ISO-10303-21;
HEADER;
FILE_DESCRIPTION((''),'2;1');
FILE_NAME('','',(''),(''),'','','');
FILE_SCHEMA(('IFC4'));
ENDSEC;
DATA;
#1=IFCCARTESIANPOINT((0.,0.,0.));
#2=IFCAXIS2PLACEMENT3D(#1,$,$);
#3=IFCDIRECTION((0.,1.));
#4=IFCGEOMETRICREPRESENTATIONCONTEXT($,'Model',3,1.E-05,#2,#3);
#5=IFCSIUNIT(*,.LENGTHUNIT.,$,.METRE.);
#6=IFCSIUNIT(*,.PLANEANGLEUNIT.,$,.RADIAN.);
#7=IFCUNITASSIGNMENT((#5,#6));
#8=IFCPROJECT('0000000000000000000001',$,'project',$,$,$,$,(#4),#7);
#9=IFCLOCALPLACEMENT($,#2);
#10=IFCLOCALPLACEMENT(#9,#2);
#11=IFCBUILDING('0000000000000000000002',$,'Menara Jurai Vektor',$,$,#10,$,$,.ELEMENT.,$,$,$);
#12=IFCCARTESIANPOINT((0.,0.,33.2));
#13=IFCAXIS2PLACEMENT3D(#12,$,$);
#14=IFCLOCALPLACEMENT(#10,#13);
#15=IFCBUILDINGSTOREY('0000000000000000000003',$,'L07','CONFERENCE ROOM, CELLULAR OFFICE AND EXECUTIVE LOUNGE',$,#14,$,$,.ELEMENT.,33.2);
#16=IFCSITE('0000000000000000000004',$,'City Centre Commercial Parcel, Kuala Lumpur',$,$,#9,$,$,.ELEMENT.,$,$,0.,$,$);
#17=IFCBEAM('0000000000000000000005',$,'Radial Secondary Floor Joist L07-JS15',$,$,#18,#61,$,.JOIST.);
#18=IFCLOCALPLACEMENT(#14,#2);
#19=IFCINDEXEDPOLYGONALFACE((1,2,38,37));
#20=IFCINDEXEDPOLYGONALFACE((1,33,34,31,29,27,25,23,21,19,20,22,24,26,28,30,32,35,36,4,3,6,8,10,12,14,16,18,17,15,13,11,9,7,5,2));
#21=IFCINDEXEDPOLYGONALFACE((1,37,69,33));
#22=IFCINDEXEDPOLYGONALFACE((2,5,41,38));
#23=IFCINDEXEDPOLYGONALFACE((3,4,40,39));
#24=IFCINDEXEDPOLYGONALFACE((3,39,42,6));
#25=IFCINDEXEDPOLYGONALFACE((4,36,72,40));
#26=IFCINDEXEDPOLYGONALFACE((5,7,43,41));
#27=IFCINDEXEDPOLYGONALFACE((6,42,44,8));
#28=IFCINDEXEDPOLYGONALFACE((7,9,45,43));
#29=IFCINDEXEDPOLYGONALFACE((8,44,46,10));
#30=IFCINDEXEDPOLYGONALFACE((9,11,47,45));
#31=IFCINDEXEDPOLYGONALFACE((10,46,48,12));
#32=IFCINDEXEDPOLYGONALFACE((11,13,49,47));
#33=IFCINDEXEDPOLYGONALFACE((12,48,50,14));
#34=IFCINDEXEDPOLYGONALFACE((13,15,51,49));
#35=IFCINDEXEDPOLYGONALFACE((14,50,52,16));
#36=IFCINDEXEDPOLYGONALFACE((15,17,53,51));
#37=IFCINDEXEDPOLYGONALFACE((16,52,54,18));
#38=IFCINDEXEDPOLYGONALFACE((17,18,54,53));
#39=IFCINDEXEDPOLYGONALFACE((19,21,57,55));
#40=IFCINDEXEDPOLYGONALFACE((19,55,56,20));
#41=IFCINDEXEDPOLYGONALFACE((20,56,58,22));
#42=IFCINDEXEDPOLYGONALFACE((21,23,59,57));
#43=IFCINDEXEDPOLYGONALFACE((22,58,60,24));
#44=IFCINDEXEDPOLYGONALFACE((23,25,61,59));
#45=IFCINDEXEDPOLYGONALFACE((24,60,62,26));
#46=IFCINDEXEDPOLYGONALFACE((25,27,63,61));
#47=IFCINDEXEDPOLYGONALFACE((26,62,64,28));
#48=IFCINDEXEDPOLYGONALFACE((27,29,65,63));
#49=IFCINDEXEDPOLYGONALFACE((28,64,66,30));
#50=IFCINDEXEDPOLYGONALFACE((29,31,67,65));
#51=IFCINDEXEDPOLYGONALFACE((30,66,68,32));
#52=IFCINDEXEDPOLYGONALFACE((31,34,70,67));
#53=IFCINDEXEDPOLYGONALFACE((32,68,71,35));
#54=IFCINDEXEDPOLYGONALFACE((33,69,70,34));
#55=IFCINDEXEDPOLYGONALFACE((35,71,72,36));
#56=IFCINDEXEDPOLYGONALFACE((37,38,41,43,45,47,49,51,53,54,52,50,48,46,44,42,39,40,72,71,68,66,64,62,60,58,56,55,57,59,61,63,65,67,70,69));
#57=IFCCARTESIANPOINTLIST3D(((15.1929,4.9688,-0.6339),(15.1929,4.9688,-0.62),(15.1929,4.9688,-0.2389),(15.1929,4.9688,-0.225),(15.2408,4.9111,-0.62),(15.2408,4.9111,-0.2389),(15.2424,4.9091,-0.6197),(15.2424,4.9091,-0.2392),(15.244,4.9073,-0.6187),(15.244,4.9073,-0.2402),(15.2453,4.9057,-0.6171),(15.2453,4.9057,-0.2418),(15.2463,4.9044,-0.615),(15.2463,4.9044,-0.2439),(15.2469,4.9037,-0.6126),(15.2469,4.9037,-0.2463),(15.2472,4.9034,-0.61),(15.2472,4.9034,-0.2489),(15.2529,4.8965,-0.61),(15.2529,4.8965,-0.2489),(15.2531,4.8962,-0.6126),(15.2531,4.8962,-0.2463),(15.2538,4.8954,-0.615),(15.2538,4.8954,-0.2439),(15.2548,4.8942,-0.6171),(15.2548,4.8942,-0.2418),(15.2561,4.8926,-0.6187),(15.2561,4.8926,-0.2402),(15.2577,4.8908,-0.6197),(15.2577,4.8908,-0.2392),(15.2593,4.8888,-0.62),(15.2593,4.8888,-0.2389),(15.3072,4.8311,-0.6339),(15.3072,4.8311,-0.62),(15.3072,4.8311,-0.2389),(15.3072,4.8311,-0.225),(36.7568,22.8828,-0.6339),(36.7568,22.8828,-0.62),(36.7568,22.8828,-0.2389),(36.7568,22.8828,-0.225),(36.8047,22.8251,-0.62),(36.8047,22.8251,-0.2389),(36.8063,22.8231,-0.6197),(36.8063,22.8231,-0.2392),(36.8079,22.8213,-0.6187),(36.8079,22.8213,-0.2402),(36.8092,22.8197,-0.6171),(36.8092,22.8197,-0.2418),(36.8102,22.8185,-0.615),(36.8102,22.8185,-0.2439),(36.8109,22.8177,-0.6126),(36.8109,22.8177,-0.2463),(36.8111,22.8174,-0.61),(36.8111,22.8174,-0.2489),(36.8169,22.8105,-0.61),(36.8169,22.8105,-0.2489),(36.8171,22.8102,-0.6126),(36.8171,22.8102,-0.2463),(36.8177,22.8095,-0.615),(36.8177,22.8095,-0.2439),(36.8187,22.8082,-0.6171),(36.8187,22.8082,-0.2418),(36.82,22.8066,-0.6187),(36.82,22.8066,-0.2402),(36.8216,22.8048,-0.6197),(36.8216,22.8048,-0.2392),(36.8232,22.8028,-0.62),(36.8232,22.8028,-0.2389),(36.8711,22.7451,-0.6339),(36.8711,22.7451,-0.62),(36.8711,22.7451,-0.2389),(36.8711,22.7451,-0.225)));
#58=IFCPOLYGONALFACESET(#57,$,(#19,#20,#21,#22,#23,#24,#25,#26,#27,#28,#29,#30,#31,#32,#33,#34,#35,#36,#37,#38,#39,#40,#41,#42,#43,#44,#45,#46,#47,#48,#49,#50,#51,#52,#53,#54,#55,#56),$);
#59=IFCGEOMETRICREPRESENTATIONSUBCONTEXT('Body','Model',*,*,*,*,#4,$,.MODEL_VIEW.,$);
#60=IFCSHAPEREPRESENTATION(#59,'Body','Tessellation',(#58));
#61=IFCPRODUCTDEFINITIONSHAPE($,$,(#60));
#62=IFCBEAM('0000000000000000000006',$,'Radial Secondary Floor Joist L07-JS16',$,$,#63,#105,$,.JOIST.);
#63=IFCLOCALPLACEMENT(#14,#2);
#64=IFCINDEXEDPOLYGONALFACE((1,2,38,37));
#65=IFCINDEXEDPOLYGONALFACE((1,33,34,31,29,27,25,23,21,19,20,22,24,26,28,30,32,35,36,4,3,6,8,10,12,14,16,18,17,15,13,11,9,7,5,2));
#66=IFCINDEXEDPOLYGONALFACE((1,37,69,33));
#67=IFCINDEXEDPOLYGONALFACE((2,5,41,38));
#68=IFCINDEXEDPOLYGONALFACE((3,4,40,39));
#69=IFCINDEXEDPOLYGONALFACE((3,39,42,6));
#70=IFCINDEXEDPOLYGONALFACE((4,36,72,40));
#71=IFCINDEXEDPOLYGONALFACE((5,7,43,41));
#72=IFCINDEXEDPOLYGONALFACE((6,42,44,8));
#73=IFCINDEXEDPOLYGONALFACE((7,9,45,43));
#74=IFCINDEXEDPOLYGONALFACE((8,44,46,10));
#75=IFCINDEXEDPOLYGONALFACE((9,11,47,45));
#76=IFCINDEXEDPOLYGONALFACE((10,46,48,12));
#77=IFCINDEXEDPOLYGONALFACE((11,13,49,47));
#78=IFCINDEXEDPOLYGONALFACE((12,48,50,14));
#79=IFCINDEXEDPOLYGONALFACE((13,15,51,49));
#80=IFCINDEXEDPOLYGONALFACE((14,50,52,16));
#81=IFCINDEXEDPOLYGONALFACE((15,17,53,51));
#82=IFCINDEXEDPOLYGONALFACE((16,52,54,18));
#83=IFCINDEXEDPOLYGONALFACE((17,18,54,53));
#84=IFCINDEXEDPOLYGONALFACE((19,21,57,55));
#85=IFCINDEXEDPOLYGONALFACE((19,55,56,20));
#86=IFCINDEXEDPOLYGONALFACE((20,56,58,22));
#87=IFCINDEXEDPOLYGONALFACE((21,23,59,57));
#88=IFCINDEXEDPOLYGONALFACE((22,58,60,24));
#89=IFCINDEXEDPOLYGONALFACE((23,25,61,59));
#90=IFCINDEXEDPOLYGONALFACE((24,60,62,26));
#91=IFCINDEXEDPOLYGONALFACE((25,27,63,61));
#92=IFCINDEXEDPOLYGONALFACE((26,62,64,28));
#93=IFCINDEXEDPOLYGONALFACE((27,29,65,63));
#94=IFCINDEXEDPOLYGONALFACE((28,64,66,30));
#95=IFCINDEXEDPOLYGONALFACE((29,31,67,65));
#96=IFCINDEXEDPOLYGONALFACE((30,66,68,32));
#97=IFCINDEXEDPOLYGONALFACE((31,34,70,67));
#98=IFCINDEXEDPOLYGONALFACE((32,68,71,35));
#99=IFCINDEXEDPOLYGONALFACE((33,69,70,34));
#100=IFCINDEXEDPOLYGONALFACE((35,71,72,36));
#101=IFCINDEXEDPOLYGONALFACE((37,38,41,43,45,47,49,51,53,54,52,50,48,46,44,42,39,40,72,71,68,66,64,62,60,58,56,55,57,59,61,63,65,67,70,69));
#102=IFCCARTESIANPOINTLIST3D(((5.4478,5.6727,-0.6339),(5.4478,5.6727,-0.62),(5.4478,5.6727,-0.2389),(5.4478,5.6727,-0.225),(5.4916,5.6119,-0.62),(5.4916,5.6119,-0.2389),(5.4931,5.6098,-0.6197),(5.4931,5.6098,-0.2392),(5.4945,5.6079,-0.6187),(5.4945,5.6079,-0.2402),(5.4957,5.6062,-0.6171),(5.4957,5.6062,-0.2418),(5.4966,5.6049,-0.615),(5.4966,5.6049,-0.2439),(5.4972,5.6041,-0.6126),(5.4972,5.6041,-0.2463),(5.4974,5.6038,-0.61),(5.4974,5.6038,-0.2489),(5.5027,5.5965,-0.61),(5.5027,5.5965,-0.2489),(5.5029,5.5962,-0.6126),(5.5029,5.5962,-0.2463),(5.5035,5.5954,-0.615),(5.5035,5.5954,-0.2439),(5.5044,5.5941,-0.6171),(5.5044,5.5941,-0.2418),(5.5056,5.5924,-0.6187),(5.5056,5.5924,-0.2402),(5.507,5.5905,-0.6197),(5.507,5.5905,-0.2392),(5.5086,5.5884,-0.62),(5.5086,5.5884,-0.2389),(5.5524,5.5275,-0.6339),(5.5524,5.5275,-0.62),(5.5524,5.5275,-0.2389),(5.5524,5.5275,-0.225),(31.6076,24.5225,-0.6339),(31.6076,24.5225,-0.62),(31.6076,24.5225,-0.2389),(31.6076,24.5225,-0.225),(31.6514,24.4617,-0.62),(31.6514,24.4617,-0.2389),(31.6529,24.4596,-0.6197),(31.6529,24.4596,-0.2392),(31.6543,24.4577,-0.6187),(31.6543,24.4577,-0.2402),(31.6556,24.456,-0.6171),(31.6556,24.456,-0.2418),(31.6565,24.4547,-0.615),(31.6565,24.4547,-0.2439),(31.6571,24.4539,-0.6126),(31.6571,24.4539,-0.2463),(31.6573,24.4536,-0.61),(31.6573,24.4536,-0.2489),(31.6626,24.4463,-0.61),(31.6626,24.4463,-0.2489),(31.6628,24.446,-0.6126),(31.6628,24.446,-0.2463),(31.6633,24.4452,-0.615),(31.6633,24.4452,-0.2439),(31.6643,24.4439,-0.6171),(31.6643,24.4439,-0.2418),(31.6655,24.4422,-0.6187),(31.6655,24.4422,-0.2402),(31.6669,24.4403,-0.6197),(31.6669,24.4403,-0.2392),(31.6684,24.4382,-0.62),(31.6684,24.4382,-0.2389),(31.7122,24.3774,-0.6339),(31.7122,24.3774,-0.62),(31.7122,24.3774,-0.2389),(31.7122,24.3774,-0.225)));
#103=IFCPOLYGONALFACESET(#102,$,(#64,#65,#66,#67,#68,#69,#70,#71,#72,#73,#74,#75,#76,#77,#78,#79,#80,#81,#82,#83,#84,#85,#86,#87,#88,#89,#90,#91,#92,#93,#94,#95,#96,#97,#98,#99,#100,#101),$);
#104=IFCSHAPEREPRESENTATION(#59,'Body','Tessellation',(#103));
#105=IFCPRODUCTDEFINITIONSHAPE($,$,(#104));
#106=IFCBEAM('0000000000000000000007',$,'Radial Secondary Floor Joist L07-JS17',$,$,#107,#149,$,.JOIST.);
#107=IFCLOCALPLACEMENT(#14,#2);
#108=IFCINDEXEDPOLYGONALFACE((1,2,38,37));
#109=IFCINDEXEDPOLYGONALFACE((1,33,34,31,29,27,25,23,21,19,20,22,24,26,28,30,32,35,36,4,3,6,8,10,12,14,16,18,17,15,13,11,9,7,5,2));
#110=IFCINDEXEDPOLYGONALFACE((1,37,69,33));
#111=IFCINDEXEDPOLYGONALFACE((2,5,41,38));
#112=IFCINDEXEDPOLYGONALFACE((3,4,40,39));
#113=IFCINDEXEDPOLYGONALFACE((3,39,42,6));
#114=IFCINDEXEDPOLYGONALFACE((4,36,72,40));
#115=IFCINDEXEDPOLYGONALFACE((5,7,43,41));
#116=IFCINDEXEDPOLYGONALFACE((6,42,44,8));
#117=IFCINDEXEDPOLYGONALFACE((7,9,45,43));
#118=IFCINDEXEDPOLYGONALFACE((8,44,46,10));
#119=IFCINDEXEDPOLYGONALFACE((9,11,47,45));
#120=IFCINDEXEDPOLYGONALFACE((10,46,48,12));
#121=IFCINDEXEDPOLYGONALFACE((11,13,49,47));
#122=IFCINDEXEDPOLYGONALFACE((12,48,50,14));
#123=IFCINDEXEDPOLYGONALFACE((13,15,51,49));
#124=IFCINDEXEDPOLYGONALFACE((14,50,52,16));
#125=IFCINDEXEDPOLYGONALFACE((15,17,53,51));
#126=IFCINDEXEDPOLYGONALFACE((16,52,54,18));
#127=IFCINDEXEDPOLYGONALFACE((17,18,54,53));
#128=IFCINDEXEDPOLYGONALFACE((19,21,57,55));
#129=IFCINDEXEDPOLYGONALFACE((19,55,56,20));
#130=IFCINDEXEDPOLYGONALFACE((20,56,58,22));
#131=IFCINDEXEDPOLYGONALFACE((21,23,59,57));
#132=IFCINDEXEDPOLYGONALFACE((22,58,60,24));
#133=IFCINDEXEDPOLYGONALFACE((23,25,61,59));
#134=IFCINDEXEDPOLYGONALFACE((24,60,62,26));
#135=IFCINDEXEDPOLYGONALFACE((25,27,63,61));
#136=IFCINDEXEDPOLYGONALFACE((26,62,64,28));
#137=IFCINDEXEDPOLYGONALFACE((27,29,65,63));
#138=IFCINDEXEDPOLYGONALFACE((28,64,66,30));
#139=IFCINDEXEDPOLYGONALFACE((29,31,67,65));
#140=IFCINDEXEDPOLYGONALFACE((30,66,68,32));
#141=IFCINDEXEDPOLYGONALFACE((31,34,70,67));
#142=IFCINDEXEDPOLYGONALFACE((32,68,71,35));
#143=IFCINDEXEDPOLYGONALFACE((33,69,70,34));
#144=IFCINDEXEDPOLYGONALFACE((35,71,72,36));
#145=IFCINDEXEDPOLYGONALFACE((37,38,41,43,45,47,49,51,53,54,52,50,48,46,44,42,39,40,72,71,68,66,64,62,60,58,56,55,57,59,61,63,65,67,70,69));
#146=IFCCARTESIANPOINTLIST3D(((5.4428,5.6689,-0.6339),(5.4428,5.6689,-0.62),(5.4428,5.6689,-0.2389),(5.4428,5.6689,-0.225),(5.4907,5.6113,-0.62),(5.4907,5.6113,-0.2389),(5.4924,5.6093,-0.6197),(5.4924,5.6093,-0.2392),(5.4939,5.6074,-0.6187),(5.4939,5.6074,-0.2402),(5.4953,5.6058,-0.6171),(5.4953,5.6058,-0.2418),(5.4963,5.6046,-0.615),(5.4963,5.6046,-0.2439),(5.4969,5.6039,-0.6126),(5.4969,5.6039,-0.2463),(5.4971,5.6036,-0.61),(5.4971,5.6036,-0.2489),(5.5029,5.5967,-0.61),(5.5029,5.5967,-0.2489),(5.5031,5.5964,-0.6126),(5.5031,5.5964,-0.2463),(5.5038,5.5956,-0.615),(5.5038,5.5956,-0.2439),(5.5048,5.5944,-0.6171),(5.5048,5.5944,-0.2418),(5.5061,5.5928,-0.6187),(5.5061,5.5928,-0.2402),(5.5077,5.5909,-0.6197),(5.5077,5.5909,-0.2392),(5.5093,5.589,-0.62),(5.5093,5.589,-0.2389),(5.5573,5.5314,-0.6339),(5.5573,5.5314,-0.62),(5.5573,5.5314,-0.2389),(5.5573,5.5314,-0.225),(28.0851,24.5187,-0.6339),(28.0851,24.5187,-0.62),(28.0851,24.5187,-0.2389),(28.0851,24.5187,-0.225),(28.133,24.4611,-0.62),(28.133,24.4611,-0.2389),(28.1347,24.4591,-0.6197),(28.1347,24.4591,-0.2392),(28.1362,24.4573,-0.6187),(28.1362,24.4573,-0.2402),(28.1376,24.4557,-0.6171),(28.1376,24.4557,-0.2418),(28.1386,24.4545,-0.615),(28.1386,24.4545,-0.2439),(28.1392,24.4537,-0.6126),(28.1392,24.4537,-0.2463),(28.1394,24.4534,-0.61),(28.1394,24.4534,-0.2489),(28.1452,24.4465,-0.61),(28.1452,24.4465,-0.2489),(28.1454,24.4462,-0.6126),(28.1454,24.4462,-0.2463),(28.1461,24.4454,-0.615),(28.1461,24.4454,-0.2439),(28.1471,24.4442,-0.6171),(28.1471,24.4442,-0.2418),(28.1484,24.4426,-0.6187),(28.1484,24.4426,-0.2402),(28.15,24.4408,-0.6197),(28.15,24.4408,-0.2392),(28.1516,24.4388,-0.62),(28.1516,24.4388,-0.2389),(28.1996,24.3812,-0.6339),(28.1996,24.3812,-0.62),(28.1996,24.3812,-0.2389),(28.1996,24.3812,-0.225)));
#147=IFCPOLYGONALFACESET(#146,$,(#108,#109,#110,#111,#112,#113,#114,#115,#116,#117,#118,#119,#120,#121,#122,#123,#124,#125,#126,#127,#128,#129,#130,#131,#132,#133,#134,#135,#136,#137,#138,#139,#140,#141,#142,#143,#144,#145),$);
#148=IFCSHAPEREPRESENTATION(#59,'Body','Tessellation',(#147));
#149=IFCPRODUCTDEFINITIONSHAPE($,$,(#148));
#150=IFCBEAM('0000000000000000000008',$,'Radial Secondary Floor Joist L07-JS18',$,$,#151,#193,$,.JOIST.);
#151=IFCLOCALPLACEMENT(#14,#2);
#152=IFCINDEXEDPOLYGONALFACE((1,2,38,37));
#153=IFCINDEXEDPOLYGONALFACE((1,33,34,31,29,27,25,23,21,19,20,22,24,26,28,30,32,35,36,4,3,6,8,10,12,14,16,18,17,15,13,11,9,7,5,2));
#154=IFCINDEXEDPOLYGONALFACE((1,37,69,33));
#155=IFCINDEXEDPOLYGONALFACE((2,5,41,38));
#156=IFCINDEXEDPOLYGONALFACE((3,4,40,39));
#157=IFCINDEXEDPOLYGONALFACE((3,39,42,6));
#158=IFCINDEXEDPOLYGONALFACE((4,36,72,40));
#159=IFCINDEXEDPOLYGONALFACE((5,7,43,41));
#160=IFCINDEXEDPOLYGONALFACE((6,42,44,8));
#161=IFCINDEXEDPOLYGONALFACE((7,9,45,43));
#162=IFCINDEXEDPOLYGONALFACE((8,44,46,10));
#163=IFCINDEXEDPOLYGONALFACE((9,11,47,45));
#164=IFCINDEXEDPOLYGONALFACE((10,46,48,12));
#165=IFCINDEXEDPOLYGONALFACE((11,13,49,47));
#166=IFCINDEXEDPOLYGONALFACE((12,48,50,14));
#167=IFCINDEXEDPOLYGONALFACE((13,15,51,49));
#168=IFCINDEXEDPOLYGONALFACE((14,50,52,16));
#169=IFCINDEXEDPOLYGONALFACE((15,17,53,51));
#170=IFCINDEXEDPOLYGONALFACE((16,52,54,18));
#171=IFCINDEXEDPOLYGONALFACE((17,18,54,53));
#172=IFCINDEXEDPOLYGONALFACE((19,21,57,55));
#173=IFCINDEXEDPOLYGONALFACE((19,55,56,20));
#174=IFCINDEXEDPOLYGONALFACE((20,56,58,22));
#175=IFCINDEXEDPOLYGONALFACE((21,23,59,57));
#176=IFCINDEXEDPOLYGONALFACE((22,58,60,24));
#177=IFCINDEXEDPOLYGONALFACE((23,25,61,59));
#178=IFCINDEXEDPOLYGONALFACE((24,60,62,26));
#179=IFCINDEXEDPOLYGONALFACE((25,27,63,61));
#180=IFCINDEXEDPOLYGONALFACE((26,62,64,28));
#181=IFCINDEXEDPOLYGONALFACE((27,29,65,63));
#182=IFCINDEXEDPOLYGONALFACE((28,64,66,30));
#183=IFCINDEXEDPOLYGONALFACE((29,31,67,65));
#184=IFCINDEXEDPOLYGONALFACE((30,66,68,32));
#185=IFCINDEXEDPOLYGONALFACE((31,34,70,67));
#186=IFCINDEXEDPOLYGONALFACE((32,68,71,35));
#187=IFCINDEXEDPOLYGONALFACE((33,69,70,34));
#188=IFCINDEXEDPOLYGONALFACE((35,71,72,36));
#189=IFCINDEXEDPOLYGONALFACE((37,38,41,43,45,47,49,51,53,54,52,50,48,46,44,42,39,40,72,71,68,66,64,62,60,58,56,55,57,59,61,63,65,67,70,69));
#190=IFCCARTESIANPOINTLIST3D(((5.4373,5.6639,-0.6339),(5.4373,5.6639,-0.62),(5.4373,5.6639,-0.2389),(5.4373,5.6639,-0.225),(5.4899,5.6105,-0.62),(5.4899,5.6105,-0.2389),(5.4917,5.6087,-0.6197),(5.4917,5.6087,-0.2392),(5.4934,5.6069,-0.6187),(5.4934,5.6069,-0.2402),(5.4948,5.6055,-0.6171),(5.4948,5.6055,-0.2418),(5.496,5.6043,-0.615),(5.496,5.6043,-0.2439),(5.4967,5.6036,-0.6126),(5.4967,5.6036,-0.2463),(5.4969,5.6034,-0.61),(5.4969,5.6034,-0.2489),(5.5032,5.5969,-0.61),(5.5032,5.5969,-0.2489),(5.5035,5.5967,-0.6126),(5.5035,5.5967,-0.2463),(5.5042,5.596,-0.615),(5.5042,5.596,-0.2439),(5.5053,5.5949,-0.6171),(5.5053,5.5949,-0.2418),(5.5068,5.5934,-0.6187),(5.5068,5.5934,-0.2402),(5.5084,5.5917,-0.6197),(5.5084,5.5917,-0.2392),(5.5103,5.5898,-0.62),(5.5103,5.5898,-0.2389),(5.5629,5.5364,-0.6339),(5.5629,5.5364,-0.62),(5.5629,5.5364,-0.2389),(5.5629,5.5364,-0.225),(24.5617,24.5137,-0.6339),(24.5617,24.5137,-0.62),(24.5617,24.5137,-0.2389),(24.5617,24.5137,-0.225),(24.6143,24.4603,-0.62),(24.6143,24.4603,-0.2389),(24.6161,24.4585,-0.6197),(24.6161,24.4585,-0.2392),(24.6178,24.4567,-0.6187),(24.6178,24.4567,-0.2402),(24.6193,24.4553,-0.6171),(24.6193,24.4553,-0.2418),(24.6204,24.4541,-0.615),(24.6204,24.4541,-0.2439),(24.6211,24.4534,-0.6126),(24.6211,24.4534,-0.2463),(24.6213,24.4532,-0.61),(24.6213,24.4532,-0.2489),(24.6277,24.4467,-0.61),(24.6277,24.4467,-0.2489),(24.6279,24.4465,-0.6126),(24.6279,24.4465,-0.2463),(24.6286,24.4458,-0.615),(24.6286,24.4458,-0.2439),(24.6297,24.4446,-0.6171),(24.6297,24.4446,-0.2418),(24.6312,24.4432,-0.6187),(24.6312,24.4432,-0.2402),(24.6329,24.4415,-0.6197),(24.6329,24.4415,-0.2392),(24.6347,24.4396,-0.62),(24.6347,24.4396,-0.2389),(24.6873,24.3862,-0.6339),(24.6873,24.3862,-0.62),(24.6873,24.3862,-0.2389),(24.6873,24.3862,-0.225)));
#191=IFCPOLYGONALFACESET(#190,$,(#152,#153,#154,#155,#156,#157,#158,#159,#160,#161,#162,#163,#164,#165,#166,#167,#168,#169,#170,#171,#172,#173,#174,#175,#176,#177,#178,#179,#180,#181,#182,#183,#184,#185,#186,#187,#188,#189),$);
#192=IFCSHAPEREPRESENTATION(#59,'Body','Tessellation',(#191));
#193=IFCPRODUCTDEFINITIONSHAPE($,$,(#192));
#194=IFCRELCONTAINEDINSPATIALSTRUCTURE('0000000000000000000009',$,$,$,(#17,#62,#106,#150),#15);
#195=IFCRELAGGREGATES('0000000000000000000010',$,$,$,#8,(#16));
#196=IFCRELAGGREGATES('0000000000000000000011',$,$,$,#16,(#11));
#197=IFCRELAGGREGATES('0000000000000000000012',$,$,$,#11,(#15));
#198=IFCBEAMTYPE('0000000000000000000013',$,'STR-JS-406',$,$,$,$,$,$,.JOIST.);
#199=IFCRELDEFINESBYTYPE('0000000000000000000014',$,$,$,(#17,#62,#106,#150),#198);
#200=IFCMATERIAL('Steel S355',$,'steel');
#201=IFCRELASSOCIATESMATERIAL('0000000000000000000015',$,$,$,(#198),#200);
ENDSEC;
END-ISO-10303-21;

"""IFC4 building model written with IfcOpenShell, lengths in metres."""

from ifc_helpers import new_model, si_unit, direction, frame, origin, origin_2d, place, context, subcontext, project, spatial, i_section, extrude, material, material_profile, profile_set, type_object, element, save


model = new_model("IFC4")

# Units and contexts
model_context = context("Model", 3, precision=1e-05, world=origin(), true_north=direction((0.0, 1.0)))
body_context = subcontext(model_context, "Body", "Model", "MODEL_VIEW")
ifc_project = project(units=[si_unit("LENGTHUNIT", "METRE"), si_unit("PLANEANGLEUNIT", "RADIAN")], contexts=[model_context])

# Site, building, storey
site_placement = place(None, origin())
site = spatial("IfcSite", under=ifc_project, at=site_placement, Name="City Centre Commercial Parcel, Kuala Lumpur", CompositionType="ELEMENT", RefElevation=0.0)
building_placement = place(site_placement, origin())
building = spatial("IfcBuilding", under=site, at=building_placement, Name="Menara Jurai Vektor", CompositionType="ELEMENT")
storey_placement = place(building_placement, frame((0.0, 0.0, 33.2)))
storey = spatial("IfcBuildingStorey", under=building, at=storey_placement, Name="L07", Description="CONFERENCE ROOM, CELLULAR OFFICE AND EXECUTIVE LOUNGE", CompositionType="ELEMENT", Elevation=33.2)

# Shared definitions
ifc_material_1 = material(Name="Steel S355", Category="steel")

# Beams
ifc_material_profile_1 = material_profile(ifc_material_1, i_section(OverallWidth=0.179, OverallDepth=0.4089, WebThickness=0.009, FlangeThickness=0.0139, FilletRadius=0.01, at=origin_2d()), Name="UKB 406x178x67")
ifc_profile_set_1 = profile_set([ifc_material_profile_1], Name="Steel S355")
beam_type_1 = type_object("IfcBeamType", Name="STR-JS-406", PredefinedType="JOIST", material=ifc_profile_set_1)
beam_1_placement = place(storey_placement, frame((36.814, 22.814, -0.4294), z_axis=(-0.769201, -0.639007, 0.0), x_axis=(0.639007, -0.769201, 0.0)))
element("IfcBeam", 1, at=beam_1_placement, inside=storey, type_object=beam_type_1, Name="Radial Secondary Floor Joist L07-JS15", PredefinedType="JOIST", context=body_context, shape_type="SweptSolid", body=[
    extrude(i_section(OverallWidth=0.179, OverallDepth=0.4089, WebThickness=0.009, FlangeThickness=0.0139, FilletRadius=0.01, at=origin_2d()), origin(), (0.0, 0.0, 1.0), 28.0342),
])
beam_2_placement = place(storey_placement, frame((31.6599, 24.45, -0.4294), z_axis=(-0.811318, -0.584605, 0.0), x_axis=(0.584605, -0.811318, 0.0)))
element("IfcBeam", 2, at=beam_2_placement, inside=storey, type_object=beam_type_1, Name="Radial Secondary Floor Joist L07-JS16", PredefinedType="JOIST", context=body_context, shape_type="SweptSolid", body=[
    extrude(i_section(OverallWidth=0.179, OverallDepth=0.4089, WebThickness=0.009, FlangeThickness=0.0139, FilletRadius=0.01, at=origin_2d()), origin(), (0.0, 0.0, 1.0), 32.2437),
])
beam_3_placement = place(storey_placement, frame((28.1423, 24.45, -0.4294), z_axis=(-0.768534, -0.639809, 0.0), x_axis=(0.639809, -0.768534, 0.0)))
element("IfcBeam", 3, at=beam_3_placement, inside=storey, type_object=beam_type_1, Name="Radial Secondary Floor Joist L07-JS17", PredefinedType="JOIST", context=body_context, shape_type="SweptSolid", body=[
    extrude(i_section(OverallWidth=0.179, OverallDepth=0.4089, WebThickness=0.009, FlangeThickness=0.0139, FilletRadius=0.01, at=origin_2d()), origin(), (0.0, 0.0, 1.0), 29.4617),
])
beam_4_placement = place(storey_placement, frame((24.6245, 24.45, -0.4294), z_axis=(-0.712202, -0.701974, 0.0), x_axis=(0.701974, -0.712202, 0.0)))
element("IfcBeam", 4, at=beam_4_placement, inside=storey, type_object=beam_type_1, Name="Radial Secondary Floor Joist L07-JS18", PredefinedType="JOIST", context=body_context, shape_type="SweptSolid", body=[
    extrude(i_section(OverallWidth=0.179, OverallDepth=0.4089, WebThickness=0.009, FlangeThickness=0.0139, FilletRadius=0.01, at=origin_2d()), origin(), (0.0, 0.0, 1.0), 26.8525),
])

save(model, "model.ifc")
